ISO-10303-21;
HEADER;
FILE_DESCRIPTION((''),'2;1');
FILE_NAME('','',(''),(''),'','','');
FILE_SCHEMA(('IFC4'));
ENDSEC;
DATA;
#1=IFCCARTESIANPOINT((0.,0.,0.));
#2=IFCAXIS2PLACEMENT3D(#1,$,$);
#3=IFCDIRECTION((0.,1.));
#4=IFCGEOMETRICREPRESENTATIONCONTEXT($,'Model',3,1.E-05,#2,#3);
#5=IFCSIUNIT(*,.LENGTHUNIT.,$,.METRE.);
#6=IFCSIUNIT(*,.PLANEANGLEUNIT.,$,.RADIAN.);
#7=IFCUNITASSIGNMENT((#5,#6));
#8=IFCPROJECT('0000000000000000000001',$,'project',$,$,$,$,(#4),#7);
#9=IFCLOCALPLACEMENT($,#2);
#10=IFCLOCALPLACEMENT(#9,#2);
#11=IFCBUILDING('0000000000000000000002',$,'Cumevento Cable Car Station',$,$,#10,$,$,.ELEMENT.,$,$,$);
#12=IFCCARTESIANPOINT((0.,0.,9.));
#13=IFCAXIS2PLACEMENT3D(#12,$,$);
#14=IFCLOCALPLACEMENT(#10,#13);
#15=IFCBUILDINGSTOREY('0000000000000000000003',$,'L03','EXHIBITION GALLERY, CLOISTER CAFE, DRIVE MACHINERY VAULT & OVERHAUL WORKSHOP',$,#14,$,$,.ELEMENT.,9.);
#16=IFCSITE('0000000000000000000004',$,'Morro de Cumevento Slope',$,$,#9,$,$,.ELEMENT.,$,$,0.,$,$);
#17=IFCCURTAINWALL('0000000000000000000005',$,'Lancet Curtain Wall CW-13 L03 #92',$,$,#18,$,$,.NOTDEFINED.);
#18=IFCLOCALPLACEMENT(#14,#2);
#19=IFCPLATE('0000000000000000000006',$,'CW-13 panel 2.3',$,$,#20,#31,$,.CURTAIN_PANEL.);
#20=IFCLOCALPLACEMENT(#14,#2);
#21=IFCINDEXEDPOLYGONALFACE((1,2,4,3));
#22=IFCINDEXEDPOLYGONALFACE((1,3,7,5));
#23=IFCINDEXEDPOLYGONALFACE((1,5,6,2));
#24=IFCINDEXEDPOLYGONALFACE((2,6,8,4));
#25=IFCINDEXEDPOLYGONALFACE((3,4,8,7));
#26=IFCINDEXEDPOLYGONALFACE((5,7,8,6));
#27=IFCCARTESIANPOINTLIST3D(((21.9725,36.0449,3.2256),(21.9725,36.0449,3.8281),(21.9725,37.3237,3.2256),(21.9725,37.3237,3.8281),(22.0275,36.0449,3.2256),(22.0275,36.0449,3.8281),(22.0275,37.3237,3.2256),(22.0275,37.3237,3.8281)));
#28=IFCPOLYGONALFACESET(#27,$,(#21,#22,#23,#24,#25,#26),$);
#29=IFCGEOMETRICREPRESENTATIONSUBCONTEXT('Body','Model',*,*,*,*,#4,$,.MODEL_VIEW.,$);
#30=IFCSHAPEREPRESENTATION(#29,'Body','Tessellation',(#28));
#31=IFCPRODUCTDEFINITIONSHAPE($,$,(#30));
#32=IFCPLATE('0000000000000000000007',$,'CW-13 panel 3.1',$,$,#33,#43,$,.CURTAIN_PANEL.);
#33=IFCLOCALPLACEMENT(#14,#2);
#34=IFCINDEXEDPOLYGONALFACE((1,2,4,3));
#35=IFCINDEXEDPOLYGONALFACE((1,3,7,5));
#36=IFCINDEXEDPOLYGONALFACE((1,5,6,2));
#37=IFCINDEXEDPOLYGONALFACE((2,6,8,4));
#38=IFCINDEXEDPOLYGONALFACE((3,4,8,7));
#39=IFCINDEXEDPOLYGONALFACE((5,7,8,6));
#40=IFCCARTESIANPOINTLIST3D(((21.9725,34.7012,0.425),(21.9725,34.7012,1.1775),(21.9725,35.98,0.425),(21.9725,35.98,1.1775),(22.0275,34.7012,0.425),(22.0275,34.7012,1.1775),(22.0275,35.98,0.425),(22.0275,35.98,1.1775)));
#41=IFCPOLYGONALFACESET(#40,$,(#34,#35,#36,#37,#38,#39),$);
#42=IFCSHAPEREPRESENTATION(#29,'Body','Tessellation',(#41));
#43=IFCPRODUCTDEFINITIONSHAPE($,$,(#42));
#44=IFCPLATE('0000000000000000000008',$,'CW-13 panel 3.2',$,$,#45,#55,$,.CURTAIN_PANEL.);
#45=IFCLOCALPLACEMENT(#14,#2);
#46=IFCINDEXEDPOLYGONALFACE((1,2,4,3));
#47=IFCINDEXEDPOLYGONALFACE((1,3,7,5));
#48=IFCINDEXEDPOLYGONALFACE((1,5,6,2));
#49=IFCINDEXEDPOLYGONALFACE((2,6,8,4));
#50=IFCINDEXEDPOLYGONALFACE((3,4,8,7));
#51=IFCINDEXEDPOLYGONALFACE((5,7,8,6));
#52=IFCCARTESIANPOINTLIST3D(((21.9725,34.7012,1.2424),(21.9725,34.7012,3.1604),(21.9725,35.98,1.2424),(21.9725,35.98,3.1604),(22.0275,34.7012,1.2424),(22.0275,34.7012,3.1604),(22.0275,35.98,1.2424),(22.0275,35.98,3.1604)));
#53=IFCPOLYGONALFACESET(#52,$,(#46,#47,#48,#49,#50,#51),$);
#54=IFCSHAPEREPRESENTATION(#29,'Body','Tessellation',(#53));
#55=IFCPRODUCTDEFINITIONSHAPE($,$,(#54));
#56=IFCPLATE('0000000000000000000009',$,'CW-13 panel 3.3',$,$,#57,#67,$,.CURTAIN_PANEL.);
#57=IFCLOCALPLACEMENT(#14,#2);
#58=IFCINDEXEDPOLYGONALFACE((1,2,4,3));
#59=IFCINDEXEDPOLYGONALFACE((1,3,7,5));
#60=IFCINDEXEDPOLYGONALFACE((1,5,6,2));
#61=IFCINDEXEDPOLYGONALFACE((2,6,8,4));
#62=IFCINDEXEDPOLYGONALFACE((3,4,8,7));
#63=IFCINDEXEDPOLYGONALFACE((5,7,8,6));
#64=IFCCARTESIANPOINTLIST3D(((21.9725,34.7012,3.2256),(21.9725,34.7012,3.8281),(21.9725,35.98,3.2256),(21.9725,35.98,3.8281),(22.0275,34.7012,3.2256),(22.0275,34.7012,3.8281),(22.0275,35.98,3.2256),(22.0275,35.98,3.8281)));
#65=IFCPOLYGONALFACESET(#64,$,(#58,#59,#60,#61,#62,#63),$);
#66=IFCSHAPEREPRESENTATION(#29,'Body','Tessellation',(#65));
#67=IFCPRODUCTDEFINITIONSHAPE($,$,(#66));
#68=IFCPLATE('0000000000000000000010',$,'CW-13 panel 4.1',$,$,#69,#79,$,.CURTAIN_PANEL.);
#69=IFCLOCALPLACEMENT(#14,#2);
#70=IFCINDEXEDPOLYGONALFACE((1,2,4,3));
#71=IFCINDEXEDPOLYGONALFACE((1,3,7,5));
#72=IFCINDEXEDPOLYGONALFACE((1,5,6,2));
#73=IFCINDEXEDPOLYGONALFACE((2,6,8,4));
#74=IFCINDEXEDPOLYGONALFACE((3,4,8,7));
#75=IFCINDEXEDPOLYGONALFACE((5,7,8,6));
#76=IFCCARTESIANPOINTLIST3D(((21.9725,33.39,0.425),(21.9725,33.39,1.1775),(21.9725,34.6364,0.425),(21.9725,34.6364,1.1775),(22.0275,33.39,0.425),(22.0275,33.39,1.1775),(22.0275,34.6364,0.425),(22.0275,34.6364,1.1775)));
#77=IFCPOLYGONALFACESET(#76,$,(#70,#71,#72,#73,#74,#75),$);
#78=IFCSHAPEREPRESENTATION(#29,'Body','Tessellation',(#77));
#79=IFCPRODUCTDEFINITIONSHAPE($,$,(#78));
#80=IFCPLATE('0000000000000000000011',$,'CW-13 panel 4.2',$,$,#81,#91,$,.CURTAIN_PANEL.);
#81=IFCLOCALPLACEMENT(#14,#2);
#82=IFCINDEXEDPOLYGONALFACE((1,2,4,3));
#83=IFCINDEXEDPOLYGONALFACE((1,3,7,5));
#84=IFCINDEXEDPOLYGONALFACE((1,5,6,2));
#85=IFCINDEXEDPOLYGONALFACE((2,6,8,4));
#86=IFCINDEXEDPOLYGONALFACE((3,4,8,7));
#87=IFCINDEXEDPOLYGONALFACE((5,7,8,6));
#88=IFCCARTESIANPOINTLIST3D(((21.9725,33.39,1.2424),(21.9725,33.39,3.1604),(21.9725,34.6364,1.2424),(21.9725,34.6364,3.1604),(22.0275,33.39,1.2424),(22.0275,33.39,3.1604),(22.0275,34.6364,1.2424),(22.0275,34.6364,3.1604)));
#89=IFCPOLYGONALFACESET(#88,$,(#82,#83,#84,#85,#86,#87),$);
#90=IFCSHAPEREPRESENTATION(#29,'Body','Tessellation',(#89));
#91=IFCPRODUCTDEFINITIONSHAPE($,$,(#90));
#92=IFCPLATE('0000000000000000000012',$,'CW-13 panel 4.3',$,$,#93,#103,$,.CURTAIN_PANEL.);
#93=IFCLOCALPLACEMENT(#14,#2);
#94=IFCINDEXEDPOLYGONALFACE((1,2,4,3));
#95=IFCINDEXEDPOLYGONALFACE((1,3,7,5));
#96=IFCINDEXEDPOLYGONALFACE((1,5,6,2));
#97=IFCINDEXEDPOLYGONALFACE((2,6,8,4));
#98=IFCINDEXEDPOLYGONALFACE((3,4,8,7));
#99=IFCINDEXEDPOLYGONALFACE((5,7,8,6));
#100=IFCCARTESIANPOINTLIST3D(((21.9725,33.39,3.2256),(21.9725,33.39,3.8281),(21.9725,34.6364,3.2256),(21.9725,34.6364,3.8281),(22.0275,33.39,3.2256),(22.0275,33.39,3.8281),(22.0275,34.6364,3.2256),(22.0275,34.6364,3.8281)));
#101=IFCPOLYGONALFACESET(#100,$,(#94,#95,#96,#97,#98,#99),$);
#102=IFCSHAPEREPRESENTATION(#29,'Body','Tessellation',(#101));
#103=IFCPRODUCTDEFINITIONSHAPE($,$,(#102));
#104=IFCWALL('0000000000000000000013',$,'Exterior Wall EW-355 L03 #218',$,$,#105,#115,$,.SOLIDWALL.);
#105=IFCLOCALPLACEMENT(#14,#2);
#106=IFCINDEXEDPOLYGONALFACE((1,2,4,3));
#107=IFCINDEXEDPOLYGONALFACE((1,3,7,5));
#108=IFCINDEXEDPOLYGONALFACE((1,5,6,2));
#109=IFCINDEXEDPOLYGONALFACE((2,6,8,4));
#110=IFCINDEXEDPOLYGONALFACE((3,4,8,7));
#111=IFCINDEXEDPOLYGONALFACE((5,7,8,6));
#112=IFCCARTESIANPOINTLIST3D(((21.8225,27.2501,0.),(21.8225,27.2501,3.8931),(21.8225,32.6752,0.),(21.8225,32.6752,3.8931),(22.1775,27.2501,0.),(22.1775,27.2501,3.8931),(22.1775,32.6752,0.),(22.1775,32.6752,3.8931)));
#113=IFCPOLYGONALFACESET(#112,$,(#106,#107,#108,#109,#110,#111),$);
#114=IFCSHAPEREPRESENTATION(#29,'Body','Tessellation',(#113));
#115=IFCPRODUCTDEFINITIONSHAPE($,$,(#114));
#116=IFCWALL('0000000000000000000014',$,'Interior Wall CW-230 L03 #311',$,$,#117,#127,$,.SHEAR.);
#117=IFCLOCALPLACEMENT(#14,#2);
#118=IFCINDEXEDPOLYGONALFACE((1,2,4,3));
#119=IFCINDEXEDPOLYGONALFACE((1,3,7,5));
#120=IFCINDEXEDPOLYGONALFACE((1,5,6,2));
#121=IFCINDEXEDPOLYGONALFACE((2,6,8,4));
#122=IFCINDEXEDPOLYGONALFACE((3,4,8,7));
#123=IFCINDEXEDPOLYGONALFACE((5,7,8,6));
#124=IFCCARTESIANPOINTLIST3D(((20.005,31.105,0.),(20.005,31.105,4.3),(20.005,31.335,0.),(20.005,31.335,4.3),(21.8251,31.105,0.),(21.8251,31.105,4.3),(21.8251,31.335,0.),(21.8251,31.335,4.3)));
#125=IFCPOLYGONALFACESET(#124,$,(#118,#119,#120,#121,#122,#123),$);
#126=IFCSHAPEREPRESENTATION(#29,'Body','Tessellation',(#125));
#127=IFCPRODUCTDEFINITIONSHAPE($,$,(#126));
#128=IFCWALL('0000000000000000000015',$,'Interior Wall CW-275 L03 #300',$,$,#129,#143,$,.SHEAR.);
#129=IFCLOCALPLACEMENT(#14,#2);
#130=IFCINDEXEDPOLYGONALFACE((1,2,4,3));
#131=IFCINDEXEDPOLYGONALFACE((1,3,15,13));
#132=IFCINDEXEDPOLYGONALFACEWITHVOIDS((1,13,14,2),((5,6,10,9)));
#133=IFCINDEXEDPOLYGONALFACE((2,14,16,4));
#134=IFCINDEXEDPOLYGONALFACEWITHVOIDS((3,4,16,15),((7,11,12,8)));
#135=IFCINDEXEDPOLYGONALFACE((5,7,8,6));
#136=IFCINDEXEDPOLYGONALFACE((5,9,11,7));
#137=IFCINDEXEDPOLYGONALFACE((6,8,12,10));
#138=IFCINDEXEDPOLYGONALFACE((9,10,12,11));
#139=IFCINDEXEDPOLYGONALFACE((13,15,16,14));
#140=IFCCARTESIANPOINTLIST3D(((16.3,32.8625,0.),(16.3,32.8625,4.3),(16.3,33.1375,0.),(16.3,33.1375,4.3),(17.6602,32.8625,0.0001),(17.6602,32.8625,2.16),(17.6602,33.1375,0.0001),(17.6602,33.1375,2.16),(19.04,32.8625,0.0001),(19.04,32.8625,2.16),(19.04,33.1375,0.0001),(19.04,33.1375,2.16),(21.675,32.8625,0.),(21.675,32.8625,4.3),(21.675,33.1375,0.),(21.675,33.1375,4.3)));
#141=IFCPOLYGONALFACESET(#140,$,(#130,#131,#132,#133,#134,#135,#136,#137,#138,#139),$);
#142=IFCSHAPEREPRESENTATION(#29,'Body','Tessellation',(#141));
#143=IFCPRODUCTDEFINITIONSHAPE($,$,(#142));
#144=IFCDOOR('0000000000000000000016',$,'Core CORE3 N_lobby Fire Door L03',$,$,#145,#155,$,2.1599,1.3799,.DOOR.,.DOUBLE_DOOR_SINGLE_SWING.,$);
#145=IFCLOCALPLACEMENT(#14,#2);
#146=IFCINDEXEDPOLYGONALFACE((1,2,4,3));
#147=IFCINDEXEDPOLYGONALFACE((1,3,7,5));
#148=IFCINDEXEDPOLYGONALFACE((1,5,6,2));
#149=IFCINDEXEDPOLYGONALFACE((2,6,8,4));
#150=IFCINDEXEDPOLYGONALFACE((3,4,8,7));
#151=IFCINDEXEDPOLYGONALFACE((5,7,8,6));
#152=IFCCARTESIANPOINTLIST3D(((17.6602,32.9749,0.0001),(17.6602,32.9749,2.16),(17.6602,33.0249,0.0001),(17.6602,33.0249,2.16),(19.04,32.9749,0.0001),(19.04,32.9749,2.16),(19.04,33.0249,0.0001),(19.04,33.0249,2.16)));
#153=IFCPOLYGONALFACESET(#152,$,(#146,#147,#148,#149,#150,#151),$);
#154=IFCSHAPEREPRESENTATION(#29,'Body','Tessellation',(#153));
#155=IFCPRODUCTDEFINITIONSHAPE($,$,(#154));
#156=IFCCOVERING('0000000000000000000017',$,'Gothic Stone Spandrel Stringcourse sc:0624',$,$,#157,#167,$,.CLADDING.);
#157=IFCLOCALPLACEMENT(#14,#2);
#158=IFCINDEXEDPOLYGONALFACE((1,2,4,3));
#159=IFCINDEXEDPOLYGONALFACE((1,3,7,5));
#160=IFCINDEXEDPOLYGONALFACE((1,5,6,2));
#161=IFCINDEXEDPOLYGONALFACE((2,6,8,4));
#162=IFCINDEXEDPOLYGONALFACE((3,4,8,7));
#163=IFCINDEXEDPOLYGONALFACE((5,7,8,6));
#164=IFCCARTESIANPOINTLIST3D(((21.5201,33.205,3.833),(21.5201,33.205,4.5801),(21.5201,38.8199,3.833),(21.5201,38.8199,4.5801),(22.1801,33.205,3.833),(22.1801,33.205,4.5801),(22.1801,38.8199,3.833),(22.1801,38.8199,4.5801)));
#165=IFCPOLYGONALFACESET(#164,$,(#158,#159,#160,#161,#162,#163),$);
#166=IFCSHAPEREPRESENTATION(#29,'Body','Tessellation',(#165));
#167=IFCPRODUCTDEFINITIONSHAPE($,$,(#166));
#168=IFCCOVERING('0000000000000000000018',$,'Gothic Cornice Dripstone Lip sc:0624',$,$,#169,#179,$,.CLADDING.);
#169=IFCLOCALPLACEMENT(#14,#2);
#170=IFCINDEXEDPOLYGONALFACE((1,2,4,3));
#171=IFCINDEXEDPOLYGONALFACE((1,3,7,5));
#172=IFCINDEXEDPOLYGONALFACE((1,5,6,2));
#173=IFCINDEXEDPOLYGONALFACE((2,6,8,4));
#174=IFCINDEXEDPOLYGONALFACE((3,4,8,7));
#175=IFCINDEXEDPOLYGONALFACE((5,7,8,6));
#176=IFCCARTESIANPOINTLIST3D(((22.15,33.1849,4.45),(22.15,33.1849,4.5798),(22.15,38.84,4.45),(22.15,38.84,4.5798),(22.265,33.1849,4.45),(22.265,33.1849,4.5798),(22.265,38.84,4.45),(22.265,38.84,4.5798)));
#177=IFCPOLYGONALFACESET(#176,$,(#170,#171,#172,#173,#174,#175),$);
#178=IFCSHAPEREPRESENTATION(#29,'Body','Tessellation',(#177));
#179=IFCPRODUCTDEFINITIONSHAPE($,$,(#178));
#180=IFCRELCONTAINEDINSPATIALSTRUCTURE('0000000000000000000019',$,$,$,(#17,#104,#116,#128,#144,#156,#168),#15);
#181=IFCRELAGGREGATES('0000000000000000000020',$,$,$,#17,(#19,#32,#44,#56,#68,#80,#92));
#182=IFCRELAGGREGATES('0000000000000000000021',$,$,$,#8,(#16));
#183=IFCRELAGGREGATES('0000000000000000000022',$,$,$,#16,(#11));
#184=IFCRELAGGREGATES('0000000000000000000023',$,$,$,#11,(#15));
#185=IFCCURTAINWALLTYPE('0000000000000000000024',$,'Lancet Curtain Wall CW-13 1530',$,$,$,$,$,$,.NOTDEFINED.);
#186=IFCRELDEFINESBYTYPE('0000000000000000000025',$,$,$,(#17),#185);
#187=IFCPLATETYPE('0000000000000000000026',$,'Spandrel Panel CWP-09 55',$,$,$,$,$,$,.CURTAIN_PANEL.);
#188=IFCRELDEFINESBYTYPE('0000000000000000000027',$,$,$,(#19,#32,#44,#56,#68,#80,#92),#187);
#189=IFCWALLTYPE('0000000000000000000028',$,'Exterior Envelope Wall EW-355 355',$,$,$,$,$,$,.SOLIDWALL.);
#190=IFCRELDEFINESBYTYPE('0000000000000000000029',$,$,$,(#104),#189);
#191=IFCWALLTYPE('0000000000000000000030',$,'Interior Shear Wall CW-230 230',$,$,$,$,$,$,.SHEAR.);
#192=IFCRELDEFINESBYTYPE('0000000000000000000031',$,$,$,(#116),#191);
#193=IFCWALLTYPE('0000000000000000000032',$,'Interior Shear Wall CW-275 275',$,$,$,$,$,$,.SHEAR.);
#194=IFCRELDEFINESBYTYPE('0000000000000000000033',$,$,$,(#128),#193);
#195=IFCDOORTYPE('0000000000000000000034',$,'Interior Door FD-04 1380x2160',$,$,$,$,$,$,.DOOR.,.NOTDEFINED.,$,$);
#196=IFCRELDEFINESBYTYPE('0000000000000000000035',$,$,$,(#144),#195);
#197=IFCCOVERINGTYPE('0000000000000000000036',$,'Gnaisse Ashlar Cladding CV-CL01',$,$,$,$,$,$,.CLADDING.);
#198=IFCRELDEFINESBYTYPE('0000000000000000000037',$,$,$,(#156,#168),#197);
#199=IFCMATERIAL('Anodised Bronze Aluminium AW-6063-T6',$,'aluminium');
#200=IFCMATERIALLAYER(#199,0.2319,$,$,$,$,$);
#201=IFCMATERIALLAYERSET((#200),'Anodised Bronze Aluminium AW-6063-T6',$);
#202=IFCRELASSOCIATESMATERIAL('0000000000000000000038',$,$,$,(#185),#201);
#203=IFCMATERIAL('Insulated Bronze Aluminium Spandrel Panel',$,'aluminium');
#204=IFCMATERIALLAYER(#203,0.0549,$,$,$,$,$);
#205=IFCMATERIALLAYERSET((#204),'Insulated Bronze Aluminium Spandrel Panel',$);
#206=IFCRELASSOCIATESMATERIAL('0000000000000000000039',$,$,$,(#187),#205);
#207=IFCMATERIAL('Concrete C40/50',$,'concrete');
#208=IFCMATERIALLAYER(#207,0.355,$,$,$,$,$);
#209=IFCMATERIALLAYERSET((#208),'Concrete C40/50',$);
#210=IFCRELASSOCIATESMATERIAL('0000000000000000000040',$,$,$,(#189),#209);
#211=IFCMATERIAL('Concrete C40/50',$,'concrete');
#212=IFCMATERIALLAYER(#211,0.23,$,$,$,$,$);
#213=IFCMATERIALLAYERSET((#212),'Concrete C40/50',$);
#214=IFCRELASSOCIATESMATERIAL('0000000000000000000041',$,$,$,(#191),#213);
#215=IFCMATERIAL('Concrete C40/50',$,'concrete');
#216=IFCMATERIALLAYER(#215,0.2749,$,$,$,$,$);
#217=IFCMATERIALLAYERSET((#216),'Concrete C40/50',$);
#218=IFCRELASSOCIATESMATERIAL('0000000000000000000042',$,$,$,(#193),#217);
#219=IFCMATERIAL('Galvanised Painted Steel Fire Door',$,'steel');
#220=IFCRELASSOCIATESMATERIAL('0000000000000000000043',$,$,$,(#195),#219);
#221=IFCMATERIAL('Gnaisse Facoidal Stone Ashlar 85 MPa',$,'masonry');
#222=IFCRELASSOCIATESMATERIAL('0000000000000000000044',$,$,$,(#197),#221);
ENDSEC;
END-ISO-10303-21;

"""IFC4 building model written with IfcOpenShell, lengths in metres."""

from ifc_helpers import new_model, si_unit, direction, frame, frame_2d, origin, origin_2d, place, context, subcontext, project, spatial, rectangle, extrude, material, layer, layer_set, type_object, element, fill, aggregate, save


model = new_model("IFC4")

# Units and contexts
model_context = context("Model", 3, precision=1e-05, world=origin(), true_north=direction((0.0, 1.0)))
body_context = subcontext(model_context, "Body", "Model", "MODEL_VIEW")
ifc_project = project(units=[si_unit("LENGTHUNIT", "METRE"), si_unit("PLANEANGLEUNIT", "RADIAN")], contexts=[model_context])

# Site, building, storey
site_placement = place(None, origin())
site = spatial("IfcSite", under=ifc_project, at=site_placement, Name="Morro de Cumevento Slope", CompositionType="ELEMENT", RefElevation=0.0)
building_placement = place(site_placement, origin())
building = spatial("IfcBuilding", under=site, at=building_placement, Name="Cumevento Cable Car Station", CompositionType="ELEMENT")
storey_placement = place(building_placement, frame((0.0, 0.0, 9.0)))
storey = spatial("IfcBuildingStorey", under=building, at=storey_placement, Name="L03", Description="EXHIBITION GALLERY, CLOISTER CAFE, DRIVE MACHINERY VAULT & OVERHAUL WORKSHOP", CompositionType="ELEMENT", Elevation=9.0)

# Curtain wall
ifc_material_1 = material(Name="Anodised Bronze Aluminium AW-6063-T6", Category="aluminium")
ifc_layer_1 = layer(ifc_material_1, 0.2319)
ifc_layer_set_1 = layer_set([ifc_layer_1], Name="Anodised Bronze Aluminium AW-6063-T6")
curtain_wall_type = type_object("IfcCurtainWallType", Name="Lancet Curtain Wall CW-13 1530", PredefinedType="NOTDEFINED", material=ifc_layer_set_1)
curtain_wall_placement = place(storey_placement, origin())
curtain_wall = element("IfcCurtainWall", 1, at=curtain_wall_placement, inside=storey, type_object=curtain_wall_type, Name="Lancet Curtain Wall CW-13 L03 #92", PredefinedType="NOTDEFINED")

# Plates
ifc_material_2 = material(Name="Insulated Bronze Aluminium Spandrel Panel", Category="aluminium")
ifc_layer_2 = layer(ifc_material_2, 0.0549)
ifc_layer_set_2 = layer_set([ifc_layer_2], Name="Insulated Bronze Aluminium Spandrel Panel")
plate_type = type_object("IfcPlateType", Name="Spandrel Panel CWP-09 55", PredefinedType="CURTAIN_PANEL", material=ifc_layer_set_2)
plate_1_placement = place(storey_placement, frame((22.0, 36.6843, 3.2256), z_axis=(0.0, 0.0, 1.0), x_axis=(0.0, -1.0, 0.0)))
plate_1 = element("IfcPlate", 2, at=plate_1_placement, type_object=plate_type, Name="CW-13 panel 2.3", PredefinedType="CURTAIN_PANEL", context=body_context, shape_type="SweptSolid", body=[
    extrude(rectangle(XDim=1.2788, YDim=0.0549, at=origin_2d()), origin(), (0.0, 0.0, 1.0), 0.6025),
])
plate_2_placement = place(storey_placement, frame((22.0, 35.3406, 0.425), z_axis=(0.0, 0.0, 1.0), x_axis=(0.0, -1.0, 0.0)))
plate_2 = element("IfcPlate", 3, at=plate_2_placement, type_object=plate_type, Name="CW-13 panel 3.1", PredefinedType="CURTAIN_PANEL", context=body_context, shape_type="SweptSolid", body=[
    extrude(rectangle(XDim=1.2788, YDim=0.0549, at=origin_2d()), origin(), (0.0, 0.0, 1.0), 0.7524),
])
plate_3_placement = place(storey_placement, frame((22.0, 35.3406, 1.2424), z_axis=(0.0, 0.0, 1.0), x_axis=(0.0, -1.0, 0.0)))
plate_3 = element("IfcPlate", 4, at=plate_3_placement, type_object=plate_type, Name="CW-13 panel 3.2", PredefinedType="CURTAIN_PANEL", context=body_context, shape_type="SweptSolid", body=[
    extrude(rectangle(XDim=1.2788, YDim=0.0549, at=origin_2d()), origin(), (0.0, 0.0, 1.0), 1.918),
])
plate_4_placement = place(storey_placement, frame((22.0, 35.3406, 3.2256), z_axis=(0.0, 0.0, 1.0), x_axis=(0.0, -1.0, 0.0)))
plate_4 = element("IfcPlate", 5, at=plate_4_placement, type_object=plate_type, Name="CW-13 panel 3.3", PredefinedType="CURTAIN_PANEL", context=body_context, shape_type="SweptSolid", body=[
    extrude(rectangle(XDim=1.2788, YDim=0.0549, at=origin_2d()), origin(), (0.0, 0.0, 1.0), 0.6025),
])
plate_5_placement = place(storey_placement, frame((22.0, 34.0132, 0.425), z_axis=(0.0, 0.0, 1.0), x_axis=(0.0, -1.0, 0.0)))
plate_5 = element("IfcPlate", 6, at=plate_5_placement, type_object=plate_type, Name="CW-13 panel 4.1", PredefinedType="CURTAIN_PANEL", context=body_context, shape_type="SweptSolid", body=[
    extrude(rectangle(XDim=1.2463, YDim=0.0549, at=origin_2d()), origin(), (0.0, 0.0, 1.0), 0.7524),
])
plate_6_placement = place(storey_placement, frame((22.0, 34.0132, 1.2424), z_axis=(0.0, 0.0, 1.0), x_axis=(0.0, -1.0, 0.0)))
plate_6 = element("IfcPlate", 7, at=plate_6_placement, type_object=plate_type, Name="CW-13 panel 4.2", PredefinedType="CURTAIN_PANEL", context=body_context, shape_type="SweptSolid", body=[
    extrude(rectangle(XDim=1.2463, YDim=0.0549, at=origin_2d()), origin(), (0.0, 0.0, 1.0), 1.918),
])
plate_7_placement = place(storey_placement, frame((22.0, 34.0132, 3.2256), z_axis=(0.0, 0.0, 1.0), x_axis=(0.0, -1.0, 0.0)))
plate_7 = element("IfcPlate", 8, at=plate_7_placement, type_object=plate_type, Name="CW-13 panel 4.3", PredefinedType="CURTAIN_PANEL", context=body_context, shape_type="SweptSolid", body=[
    extrude(rectangle(XDim=1.2463, YDim=0.0549, at=origin_2d()), origin(), (0.0, 0.0, 1.0), 0.6025),
])
aggregate(curtain_wall, [plate_1, plate_2, plate_3, plate_4, plate_5, plate_6, plate_7])

# Walls
ifc_material_3 = material(Name="Concrete C40/50", Category="concrete")
ifc_layer_3 = layer(ifc_material_3, 0.355)
ifc_layer_set_3 = layer_set([ifc_layer_3], Name="Concrete C40/50")
wall_type_1 = type_object("IfcWallType", Name="Exterior Envelope Wall EW-355 355", PredefinedType="SOLIDWALL", material=ifc_layer_set_3)
wall_1_placement = place(storey_placement, frame((22.0, 32.675, 0.0), z_axis=(0.0, 0.0, 1.0), x_axis=(0.0, -1.0, 0.0)))
element("IfcWall", 9, at=wall_1_placement, inside=storey, type_object=wall_type_1, Name="Exterior Wall EW-355 L03 #218", PredefinedType="SOLIDWALL", context=body_context, shape_type="SweptSolid", body=[
    extrude(rectangle(XDim=5.425, YDim=0.355, at=frame_2d((2.7124, 0.0))), origin(), (0.0, 0.0, 1.0), 3.8931),
])
ifc_material_4 = material(Name="Concrete C40/50", Category="concrete")
ifc_layer_4 = layer(ifc_material_4, 0.23)
ifc_layer_set_4 = layer_set([ifc_layer_4], Name="Concrete C40/50")
wall_type_2 = type_object("IfcWallType", Name="Interior Shear Wall CW-230 230", PredefinedType="SHEAR", material=ifc_layer_set_4)
wall_2_placement = place(storey_placement, frame((20.0049, 31.22, 0.0), z_axis=(0.0, 0.0, 1.0), x_axis=(1.0, 0.0, 0.0)))
element("IfcWall", 10, at=wall_2_placement, inside=storey, type_object=wall_type_2, Name="Interior Wall CW-230 L03 #311", PredefinedType="SHEAR", context=body_context, shape_type="SweptSolid", body=[
    extrude(rectangle(XDim=1.8201, YDim=0.23, at=frame_2d((0.9102, 0.0))), origin(), (0.0, 0.0, 1.0), 4.3),
])

# Wall, opening, door
ifc_material_5 = material(Name="Concrete C40/50", Category="concrete")
ifc_layer_5 = layer(ifc_material_5, 0.2749)
ifc_layer_set_5 = layer_set([ifc_layer_5], Name="Concrete C40/50")
wall_type_3 = type_object("IfcWallType", Name="Interior Shear Wall CW-275 275", PredefinedType="SHEAR", material=ifc_layer_set_5)
wall_3_placement = place(storey_placement, frame((16.3, 33.0, 0.0), z_axis=(0.0, 0.0, 1.0), x_axis=(1.0, 0.0, 0.0)))
wall_3 = element("IfcWall", 11, at=wall_3_placement, inside=storey, type_object=wall_type_3, Name="Interior Wall CW-275 L03 #300", PredefinedType="SHEAR", context=body_context, shape_type="SweptSolid", body=[
    extrude(rectangle(XDim=5.375, YDim=0.2749, at=frame_2d((2.6875, 0.0))), origin(), (0.0, 0.0, 1.0), 4.3),
])
opening_placement = place(wall_3_placement, frame((1.3601, 0.0, 0.0)))
opening = element("IfcOpeningElement", 12, at=opening_placement, cuts=wall_3, PredefinedType="OPENING", context=body_context, shape_type="SweptSolid", body=[
    extrude(rectangle(XDim=1.3799, YDim=2.1599, at=frame_2d((0.6899, 1.0801))), frame((0.0, 0.1475, 0.0), z_axis=(0.0, -1.0, 0.0), x_axis=(1.0, 0.0, 0.0)), (0.0, 0.0, 1.0), 0.2949),
])
ifc_material_6 = material(Name="Galvanised Painted Steel Fire Door", Category="steel")
door_type = type_object("IfcDoorType", Name="Interior Door FD-04 1380x2160", OperationType="NOTDEFINED", PredefinedType="DOOR", material=ifc_material_6)
door_placement = place(opening_placement, origin())
door = element("IfcDoor", 13, at=door_placement, inside=storey, type_object=door_type, Name="Core CORE3 N_lobby Fire Door L03", OperationType="DOUBLE_DOOR_SINGLE_SWING", OverallHeight=2.1599, OverallWidth=1.3799, PredefinedType="DOOR", context=body_context, shape_type="SweptSolid", body=[
    extrude(rectangle(XDim=1.3799, YDim=2.1599, at=frame_2d((0.6899, 1.0801))), frame((0.0, 0.0249, 0.0), z_axis=(0.0, -1.0, 0.0), x_axis=(1.0, 0.0, 0.0)), (0.0, 0.0, 1.0), 0.05),
])
fill(opening, door)

# Coverings
ifc_material_7 = material(Name="Gnaisse Facoidal Stone Ashlar 85 MPa", Category="masonry")
covering_type = type_object("IfcCoveringType", Name="Gnaisse Ashlar Cladding CV-CL01", PredefinedType="CLADDING", material=ifc_material_7)
covering_1_placement = place(storey_placement, frame((21.8501, 36.0125, 3.833), z_axis=(0.0, 0.0, 1.0), x_axis=(0.0, -1.0, 0.0)))
element("IfcCovering", 14, at=covering_1_placement, inside=storey, type_object=covering_type, Name="Gothic Stone Spandrel Stringcourse sc:0624", PredefinedType="CLADDING", context=body_context, shape_type="SweptSolid", body=[
    extrude(rectangle(XDim=5.615, YDim=0.6599, at=origin_2d()), origin(), (0.0, 0.0, 1.0), 0.7471),
])
covering_2_placement = place(storey_placement, frame((22.2075, 36.0125, 4.45), z_axis=(0.0, 0.0, 1.0), x_axis=(0.0, -1.0, 0.0)))
element("IfcCovering", 15, at=covering_2_placement, inside=storey, type_object=covering_type, Name="Gothic Cornice Dripstone Lip sc:0624", PredefinedType="CLADDING", context=body_context, shape_type="SweptSolid", body=[
    extrude(rectangle(XDim=5.655, YDim=0.115, at=origin_2d()), origin(), (0.0, 0.0, 1.0), 0.1299),
])

save(model, "model.ifc")
